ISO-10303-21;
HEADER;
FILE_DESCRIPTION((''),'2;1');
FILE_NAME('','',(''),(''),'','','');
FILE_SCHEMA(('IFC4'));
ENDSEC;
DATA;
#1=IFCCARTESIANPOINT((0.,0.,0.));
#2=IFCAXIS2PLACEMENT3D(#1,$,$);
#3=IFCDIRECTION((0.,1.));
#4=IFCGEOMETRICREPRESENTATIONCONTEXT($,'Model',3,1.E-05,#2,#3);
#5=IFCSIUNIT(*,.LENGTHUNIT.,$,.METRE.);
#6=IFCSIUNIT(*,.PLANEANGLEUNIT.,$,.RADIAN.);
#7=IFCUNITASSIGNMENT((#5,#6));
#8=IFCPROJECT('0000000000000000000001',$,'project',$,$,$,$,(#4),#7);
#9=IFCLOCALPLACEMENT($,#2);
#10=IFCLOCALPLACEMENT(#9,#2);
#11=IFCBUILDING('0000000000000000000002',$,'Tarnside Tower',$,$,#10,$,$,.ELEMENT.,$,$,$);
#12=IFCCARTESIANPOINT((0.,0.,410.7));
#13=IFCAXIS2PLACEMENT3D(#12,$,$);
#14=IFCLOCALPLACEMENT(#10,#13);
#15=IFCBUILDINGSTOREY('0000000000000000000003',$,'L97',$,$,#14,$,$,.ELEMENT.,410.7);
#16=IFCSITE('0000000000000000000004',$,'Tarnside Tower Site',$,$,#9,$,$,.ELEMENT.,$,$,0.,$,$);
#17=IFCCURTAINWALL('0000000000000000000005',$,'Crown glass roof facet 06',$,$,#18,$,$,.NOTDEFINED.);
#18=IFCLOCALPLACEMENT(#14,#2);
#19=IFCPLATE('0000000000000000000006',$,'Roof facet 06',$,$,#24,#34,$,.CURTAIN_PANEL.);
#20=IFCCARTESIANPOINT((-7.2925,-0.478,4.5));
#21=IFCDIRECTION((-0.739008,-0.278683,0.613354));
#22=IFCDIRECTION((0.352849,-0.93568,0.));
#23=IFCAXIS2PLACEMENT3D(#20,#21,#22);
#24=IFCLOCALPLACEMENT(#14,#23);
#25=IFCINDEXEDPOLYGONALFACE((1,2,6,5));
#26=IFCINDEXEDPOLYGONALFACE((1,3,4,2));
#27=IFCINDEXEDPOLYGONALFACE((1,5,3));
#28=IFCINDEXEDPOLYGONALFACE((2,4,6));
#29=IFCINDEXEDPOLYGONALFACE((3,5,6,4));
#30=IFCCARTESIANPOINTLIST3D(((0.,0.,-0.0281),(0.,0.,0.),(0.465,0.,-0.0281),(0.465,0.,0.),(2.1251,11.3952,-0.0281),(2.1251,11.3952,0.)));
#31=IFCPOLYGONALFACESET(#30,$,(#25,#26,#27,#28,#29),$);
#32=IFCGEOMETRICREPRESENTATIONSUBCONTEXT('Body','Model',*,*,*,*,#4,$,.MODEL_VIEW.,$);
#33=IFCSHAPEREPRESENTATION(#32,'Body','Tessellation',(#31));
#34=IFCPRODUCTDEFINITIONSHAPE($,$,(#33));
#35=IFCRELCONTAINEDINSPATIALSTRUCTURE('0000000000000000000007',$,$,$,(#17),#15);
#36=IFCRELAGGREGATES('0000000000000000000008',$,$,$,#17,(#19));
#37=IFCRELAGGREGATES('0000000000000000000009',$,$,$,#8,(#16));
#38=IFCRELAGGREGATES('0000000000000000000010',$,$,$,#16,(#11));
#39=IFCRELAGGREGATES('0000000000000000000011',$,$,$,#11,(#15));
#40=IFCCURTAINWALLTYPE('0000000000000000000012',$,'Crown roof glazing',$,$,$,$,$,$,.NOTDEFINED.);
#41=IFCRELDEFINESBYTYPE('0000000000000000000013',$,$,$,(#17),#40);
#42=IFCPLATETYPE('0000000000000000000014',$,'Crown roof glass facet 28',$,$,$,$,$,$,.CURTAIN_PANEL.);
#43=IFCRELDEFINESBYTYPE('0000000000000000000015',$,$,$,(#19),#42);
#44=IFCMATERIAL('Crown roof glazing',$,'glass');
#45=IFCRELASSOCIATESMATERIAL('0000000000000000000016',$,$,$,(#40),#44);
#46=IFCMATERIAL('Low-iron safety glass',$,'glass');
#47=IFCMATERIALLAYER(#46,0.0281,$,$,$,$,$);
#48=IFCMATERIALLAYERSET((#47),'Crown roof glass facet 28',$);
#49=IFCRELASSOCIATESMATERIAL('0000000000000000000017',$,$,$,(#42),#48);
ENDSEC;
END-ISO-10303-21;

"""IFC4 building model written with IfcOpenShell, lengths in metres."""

from ifc_helpers import new_model, si_unit, direction, frame, origin, place, context, subcontext, project, spatial, polyline, outline, extrude, material, layer, layer_set, type_object, element, aggregate, save


model = new_model("IFC4")

# Units and contexts
model_context = context("Model", 3, precision=1e-05, world=origin(), true_north=direction((0.0, 1.0)))
body_context = subcontext(model_context, "Body", "Model", "MODEL_VIEW")
ifc_project = project(units=[si_unit("LENGTHUNIT", "METRE"), si_unit("PLANEANGLEUNIT", "RADIAN")], contexts=[model_context])

# Site, building, storey
site_placement = place(None, origin())
site = spatial("IfcSite", under=ifc_project, at=site_placement, Name="Tarnside Tower Site", CompositionType="ELEMENT", RefElevation=0.0)
building_placement = place(site_placement, origin())
building = spatial("IfcBuilding", under=site, at=building_placement, Name="Tarnside Tower", CompositionType="ELEMENT")
storey_placement = place(building_placement, frame((0.0, 0.0, 410.7)))
storey = spatial("IfcBuildingStorey", under=building, at=storey_placement, Name="L97", CompositionType="ELEMENT", Elevation=410.7)

# Shared definitions
ifc_material_1 = material(Name="Low-iron safety glass", Category="glass")

# Curtain wall, plate
ifc_material_2 = material(Name="Crown roof glazing", Category="glass")
curtain_wall_type_1 = type_object("IfcCurtainWallType", Name="Crown roof glazing", PredefinedType="NOTDEFINED", material=ifc_material_2)
ifc_layer_1 = layer(ifc_material_1, 0.0281)
ifc_layer_set_1 = layer_set([ifc_layer_1], Name="Crown roof glass facet 28")
plate_type_1 = type_object("IfcPlateType", Name="Crown roof glass facet 28", PredefinedType="CURTAIN_PANEL", material=ifc_layer_set_1)
curtain_wall_1_placement = place(storey_placement, origin())
curtain_wall_1 = element("IfcCurtainWall", 1, at=curtain_wall_1_placement, inside=storey, type_object=curtain_wall_type_1, Name="Crown glass roof facet 06", PredefinedType="NOTDEFINED")
plate_1_placement = place(storey_placement, frame((-7.2925, -0.478, 4.5), z_axis=(-0.739008, -0.278683, 0.613354), x_axis=(0.352849, -0.93568, 0.0)))
plate_1 = element("IfcPlate", 2, at=plate_1_placement, type_object=plate_type_1, Name="Roof facet 06", PredefinedType="CURTAIN_PANEL", context=body_context, shape_type="SweptSolid", body=[
    extrude(outline(polyline([(0.0, 0.0), (0.465, 0.0), (2.1251, 11.3952), (2.1251, 11.3952), (0.0, 0.0)])), origin(), (0.0, 0.0, -1.0), 0.0281),
])
aggregate(curtain_wall_1, [plate_1])

save(model, "model.ifc")
